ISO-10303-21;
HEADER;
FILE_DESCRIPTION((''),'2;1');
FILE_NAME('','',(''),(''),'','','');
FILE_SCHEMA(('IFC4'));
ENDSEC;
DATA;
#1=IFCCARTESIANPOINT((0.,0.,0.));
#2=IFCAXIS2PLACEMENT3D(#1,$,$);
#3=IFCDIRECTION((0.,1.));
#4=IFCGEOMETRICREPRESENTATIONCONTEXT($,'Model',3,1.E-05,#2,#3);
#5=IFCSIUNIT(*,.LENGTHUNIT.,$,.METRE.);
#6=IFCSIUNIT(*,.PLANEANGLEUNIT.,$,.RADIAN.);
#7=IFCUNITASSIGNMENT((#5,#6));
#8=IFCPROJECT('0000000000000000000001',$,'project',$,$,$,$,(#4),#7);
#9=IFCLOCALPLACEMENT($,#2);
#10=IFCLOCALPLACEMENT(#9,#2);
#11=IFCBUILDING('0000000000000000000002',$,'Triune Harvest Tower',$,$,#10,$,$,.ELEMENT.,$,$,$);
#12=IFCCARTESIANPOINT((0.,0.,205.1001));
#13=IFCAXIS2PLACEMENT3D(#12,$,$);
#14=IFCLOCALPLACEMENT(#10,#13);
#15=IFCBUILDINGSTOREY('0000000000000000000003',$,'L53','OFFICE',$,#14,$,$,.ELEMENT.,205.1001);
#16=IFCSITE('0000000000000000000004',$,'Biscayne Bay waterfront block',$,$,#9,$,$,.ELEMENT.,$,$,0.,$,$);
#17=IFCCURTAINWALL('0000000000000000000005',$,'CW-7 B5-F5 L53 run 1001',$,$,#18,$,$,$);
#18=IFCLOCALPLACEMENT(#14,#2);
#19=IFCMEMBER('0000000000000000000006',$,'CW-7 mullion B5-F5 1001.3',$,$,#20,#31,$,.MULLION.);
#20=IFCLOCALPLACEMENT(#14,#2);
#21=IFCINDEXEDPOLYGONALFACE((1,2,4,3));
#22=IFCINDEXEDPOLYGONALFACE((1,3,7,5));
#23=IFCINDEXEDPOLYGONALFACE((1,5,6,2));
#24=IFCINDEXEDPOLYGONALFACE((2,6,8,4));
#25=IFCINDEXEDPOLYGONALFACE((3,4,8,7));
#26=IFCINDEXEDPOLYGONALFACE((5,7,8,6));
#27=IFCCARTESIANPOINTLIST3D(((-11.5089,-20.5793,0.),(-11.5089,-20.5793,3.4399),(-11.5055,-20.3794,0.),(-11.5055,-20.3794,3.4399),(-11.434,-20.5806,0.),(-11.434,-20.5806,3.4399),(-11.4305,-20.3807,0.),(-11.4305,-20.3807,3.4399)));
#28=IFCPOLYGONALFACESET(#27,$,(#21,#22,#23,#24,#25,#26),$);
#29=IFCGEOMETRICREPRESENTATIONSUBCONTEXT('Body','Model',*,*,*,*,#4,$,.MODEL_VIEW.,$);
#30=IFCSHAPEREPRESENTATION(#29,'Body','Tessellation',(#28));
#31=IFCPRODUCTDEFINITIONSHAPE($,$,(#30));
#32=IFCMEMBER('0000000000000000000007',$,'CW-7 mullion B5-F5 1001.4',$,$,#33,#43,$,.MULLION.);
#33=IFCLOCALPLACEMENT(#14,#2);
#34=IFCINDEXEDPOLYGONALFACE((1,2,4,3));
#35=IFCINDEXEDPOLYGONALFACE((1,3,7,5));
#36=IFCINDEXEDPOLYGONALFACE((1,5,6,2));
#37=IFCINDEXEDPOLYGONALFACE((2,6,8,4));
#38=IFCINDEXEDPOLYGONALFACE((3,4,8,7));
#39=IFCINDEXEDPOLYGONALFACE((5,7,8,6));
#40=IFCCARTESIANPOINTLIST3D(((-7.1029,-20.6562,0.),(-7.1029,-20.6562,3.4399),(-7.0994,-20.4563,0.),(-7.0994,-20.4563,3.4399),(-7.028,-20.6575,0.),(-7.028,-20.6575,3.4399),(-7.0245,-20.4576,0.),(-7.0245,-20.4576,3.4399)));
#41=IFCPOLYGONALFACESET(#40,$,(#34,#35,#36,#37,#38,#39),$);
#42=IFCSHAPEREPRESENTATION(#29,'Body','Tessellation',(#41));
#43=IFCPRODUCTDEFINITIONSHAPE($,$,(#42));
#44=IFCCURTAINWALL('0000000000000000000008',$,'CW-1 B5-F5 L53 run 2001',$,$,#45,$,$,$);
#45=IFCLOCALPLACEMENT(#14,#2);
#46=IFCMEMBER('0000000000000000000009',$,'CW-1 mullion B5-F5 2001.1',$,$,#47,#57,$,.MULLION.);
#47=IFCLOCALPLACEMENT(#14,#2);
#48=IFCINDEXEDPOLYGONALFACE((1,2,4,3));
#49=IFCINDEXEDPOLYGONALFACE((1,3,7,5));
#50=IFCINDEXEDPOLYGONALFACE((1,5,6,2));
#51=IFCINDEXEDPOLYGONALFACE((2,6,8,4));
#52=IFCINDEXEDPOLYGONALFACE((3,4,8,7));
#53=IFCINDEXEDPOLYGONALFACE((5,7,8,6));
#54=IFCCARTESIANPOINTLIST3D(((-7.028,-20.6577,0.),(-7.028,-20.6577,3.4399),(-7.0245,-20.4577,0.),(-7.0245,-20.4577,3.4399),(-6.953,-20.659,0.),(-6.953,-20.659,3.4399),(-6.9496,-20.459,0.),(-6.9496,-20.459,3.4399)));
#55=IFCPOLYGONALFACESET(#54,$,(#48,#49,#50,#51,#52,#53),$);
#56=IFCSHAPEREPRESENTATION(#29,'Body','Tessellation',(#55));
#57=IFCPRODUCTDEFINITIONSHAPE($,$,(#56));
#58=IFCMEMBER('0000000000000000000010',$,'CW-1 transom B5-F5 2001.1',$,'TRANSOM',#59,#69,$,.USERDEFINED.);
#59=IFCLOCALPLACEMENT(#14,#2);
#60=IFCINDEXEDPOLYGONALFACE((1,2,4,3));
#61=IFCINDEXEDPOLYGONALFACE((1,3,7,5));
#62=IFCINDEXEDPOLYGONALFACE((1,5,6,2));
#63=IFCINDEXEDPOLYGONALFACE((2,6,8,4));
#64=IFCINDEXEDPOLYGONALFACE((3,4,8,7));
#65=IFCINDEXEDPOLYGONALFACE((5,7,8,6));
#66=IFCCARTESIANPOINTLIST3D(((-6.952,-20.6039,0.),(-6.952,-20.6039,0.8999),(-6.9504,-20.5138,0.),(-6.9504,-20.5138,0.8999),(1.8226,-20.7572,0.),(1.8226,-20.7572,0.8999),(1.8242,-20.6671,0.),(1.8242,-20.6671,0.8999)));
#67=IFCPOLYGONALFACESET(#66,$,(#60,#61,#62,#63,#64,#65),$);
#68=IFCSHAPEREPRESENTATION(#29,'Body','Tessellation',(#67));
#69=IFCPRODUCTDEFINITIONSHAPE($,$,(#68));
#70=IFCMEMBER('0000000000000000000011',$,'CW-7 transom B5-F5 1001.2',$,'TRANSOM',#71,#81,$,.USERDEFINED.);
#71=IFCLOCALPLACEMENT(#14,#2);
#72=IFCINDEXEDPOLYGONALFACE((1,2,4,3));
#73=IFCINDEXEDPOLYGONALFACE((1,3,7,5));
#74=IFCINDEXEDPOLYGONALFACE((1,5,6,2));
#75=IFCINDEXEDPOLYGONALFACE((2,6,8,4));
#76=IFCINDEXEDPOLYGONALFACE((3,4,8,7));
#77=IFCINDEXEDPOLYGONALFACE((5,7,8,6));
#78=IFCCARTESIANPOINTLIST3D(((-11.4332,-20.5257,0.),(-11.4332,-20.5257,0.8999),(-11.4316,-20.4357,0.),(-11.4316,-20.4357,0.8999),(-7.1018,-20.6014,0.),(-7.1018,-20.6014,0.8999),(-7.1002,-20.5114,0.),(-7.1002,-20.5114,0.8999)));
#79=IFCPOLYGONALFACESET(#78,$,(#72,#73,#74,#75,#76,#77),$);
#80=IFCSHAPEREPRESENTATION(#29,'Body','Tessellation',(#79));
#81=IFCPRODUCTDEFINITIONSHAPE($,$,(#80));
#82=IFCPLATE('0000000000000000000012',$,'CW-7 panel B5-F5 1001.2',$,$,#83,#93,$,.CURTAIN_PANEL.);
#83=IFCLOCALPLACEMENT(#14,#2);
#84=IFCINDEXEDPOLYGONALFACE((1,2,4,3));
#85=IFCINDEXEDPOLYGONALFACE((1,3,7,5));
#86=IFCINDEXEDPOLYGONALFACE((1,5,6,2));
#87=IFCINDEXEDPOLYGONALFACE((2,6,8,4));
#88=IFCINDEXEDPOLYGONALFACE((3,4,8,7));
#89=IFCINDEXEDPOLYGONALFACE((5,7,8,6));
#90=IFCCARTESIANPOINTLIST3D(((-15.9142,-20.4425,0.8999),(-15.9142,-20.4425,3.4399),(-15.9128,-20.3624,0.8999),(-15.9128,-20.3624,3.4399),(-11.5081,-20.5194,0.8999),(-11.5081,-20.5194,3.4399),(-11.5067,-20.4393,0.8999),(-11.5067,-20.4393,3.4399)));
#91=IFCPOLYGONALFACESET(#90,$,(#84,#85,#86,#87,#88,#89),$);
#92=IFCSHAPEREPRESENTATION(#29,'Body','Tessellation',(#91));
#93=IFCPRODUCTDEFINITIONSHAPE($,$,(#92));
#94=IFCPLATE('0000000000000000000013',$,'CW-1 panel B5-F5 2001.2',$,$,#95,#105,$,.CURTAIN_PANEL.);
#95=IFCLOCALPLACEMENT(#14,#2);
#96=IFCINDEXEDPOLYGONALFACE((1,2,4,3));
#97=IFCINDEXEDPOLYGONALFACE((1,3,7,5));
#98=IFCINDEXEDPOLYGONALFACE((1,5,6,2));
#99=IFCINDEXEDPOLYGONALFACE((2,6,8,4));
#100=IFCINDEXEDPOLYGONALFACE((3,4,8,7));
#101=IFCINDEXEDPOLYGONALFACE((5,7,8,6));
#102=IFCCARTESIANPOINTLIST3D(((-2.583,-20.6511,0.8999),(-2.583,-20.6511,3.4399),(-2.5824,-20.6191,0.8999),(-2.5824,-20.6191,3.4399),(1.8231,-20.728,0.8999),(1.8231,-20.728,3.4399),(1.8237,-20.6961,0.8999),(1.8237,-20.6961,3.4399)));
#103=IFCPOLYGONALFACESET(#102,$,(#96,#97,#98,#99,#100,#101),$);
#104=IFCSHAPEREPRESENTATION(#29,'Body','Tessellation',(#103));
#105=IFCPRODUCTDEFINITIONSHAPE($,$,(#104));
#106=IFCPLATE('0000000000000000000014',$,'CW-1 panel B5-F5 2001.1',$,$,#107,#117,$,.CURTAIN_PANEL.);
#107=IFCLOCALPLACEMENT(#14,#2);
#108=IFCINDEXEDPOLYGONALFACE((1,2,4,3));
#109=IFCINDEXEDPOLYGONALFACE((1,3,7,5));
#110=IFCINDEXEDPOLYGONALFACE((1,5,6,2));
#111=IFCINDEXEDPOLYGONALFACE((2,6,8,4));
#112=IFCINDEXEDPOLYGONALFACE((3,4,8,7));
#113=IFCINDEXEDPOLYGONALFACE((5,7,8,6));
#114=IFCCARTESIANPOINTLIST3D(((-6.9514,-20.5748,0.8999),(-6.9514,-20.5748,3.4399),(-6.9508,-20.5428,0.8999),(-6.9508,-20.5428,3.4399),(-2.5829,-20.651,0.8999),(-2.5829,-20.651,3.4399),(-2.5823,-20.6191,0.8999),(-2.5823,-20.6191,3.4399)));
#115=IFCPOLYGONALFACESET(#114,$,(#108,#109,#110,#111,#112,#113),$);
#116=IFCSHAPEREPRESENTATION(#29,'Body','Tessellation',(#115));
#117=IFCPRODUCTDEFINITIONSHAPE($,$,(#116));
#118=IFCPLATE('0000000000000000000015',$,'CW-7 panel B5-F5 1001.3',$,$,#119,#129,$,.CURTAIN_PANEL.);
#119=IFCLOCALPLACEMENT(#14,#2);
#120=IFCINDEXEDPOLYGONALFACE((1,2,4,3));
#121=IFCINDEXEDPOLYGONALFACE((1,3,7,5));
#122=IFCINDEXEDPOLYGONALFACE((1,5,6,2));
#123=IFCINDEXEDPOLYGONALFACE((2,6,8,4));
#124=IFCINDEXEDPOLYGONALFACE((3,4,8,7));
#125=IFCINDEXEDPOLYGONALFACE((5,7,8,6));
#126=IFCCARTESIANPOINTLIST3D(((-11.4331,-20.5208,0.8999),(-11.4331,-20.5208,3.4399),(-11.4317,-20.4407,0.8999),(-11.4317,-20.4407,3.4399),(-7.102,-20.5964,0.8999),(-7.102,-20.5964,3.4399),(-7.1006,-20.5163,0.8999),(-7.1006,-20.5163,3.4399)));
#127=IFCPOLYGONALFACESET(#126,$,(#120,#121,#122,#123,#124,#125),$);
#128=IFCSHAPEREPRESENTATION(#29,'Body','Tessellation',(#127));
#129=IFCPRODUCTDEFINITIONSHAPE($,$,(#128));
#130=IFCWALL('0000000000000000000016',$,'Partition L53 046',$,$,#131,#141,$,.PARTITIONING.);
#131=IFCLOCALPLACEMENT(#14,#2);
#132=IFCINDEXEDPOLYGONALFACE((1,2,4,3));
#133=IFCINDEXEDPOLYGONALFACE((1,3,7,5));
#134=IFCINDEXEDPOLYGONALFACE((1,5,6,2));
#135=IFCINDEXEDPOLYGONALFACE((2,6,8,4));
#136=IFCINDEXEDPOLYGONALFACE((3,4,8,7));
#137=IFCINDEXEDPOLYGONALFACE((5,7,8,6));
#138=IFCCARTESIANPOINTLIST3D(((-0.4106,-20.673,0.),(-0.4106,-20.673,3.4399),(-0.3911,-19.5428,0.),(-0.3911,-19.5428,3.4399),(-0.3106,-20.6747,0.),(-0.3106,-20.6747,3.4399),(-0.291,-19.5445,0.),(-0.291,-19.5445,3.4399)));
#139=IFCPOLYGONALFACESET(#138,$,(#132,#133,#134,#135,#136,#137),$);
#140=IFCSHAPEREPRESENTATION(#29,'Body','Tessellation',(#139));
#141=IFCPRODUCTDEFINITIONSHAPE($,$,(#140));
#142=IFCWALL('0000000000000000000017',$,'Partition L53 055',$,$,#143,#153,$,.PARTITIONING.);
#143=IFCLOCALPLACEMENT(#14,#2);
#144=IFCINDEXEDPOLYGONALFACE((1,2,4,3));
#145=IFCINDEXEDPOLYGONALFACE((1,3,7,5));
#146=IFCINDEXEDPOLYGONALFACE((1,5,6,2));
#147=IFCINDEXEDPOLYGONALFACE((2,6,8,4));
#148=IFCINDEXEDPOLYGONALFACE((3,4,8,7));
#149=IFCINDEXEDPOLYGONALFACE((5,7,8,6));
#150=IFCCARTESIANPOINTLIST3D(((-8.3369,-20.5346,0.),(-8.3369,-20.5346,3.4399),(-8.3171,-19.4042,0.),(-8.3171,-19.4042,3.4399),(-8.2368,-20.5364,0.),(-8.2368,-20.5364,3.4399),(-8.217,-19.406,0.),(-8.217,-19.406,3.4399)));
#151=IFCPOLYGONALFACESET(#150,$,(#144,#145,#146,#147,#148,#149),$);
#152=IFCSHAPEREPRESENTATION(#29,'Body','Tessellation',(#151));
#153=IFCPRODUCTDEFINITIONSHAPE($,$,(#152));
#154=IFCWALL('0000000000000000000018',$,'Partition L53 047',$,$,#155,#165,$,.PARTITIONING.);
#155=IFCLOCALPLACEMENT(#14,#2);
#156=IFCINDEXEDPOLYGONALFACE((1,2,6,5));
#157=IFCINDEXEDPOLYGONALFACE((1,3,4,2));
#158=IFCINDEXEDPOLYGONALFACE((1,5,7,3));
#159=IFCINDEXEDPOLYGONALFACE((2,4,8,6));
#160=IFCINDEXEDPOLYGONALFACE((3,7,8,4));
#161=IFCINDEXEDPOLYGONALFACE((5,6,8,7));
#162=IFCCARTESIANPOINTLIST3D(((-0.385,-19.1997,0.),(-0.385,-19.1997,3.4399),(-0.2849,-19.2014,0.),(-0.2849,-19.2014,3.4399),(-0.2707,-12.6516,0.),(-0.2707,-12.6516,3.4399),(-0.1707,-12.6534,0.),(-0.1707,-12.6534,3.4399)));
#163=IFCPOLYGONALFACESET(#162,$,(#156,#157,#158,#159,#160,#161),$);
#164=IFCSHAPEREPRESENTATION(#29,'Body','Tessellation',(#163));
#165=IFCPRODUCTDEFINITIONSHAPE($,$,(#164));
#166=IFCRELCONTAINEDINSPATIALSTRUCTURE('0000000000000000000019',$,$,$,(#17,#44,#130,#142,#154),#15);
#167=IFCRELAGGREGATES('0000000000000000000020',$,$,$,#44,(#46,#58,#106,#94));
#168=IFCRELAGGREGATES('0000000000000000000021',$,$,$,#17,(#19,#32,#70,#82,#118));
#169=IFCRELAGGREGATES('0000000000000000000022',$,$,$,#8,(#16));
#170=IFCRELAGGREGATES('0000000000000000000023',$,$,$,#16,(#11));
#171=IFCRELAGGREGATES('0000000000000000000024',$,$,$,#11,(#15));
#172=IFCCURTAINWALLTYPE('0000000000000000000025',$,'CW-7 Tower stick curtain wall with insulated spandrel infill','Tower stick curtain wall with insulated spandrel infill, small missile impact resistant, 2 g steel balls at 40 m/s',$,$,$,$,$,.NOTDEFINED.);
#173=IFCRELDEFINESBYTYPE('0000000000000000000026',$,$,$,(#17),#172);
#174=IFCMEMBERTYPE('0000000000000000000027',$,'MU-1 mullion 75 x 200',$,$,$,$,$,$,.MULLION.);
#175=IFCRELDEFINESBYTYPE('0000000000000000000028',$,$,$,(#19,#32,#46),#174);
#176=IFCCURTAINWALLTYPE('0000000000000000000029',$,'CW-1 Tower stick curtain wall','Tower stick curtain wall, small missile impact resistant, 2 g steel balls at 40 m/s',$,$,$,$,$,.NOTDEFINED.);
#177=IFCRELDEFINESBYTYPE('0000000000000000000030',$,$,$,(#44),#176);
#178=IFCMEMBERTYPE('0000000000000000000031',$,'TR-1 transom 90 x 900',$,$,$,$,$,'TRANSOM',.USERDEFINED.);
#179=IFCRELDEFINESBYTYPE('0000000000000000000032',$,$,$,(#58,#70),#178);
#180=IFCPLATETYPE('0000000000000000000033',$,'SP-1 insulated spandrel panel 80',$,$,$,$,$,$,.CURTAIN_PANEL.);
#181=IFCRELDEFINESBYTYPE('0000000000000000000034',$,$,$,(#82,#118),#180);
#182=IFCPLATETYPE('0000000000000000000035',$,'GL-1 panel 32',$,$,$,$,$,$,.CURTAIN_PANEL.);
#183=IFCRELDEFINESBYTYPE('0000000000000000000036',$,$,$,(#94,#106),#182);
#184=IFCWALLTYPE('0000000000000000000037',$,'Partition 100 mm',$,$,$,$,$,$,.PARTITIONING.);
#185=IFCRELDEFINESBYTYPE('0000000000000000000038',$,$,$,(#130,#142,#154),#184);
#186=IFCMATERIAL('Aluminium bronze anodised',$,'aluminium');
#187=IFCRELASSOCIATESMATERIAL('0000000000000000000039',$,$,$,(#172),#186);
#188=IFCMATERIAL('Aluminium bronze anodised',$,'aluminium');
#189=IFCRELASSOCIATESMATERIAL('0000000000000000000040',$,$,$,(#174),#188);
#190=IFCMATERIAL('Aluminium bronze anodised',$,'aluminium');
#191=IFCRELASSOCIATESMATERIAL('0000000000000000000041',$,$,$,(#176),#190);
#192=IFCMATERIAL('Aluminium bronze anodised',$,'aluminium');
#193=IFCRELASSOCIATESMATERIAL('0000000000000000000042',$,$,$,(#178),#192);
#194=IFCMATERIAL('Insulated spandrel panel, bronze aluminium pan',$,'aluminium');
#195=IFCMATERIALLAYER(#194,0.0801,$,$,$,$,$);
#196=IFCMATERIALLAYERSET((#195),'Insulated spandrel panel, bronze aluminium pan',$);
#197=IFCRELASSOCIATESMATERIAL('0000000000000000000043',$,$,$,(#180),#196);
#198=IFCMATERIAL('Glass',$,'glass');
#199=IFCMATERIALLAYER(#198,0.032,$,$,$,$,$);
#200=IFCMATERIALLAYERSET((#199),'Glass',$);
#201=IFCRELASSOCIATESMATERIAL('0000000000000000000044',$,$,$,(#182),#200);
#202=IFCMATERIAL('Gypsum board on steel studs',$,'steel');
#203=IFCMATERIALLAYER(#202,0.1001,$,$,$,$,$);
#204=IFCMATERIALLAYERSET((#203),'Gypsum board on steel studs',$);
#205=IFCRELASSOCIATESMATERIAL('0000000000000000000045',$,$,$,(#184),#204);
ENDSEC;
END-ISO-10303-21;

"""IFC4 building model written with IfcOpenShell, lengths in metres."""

from ifc_helpers import new_model, si_unit, direction, frame, frame_2d, origin, origin_2d, place, context, subcontext, project, spatial, rectangle, extrude, source, transform, mapped, material, layer, layer_set, material_profile, profile_set, type_object, element, aggregate, save


model = new_model("IFC4")

# Units and contexts
model_context = context("Model", 3, precision=1e-05, world=origin(), true_north=direction((0.0, 1.0)))
body_context = subcontext(model_context, "Body", "Model", "MODEL_VIEW")
ifc_project = project(units=[si_unit("LENGTHUNIT", "METRE"), si_unit("PLANEANGLEUNIT", "RADIAN")], contexts=[model_context])

# Site, building, storey
site_placement = place(None, origin())
site = spatial("IfcSite", under=ifc_project, at=site_placement, Name="Biscayne Bay waterfront block", CompositionType="ELEMENT", RefElevation=0.0)
building_placement = place(site_placement, origin())
building = spatial("IfcBuilding", under=site, at=building_placement, Name="Triune Harvest Tower", CompositionType="ELEMENT")
storey_placement = place(building_placement, frame((0.0, 0.0, 205.1001)))
storey = spatial("IfcBuildingStorey", under=building, at=storey_placement, Name="L53", Description="OFFICE", CompositionType="ELEMENT", Elevation=205.1001)

# Curtain walls, members
ifc_material_1 = material(Name="Aluminium bronze anodised", Category="aluminium")
curtain_wall_type_1 = type_object("IfcCurtainWallType", Name="CW-7 Tower stick curtain wall with insulated spandrel infill", Description="Tower stick curtain wall with insulated spandrel infill, small missile impact resistant, 2 g steel balls at 40 m/s", PredefinedType="NOTDEFINED", material=ifc_material_1)
curtain_wall_1_placement = place(storey_placement, origin())
curtain_wall_1 = element("IfcCurtainWall", 1, at=curtain_wall_1_placement, inside=storey, type_object=curtain_wall_type_1, Name="CW-7 B5-F5 L53 run 1001")
ifc_material_2 = material(Name="Aluminium bronze anodised", Category="aluminium")
ifc_material_profile_1 = material_profile(ifc_material_2, rectangle(XDim=0.2, YDim=0.075, at=origin_2d()), Name="MU-1 mullion 75 x 200")
ifc_profile_set_1 = profile_set([ifc_material_profile_1], Name="Aluminium bronze anodised")
member_type_1 = type_object("IfcMemberType", Name="MU-1 mullion 75 x 200", PredefinedType="MULLION", material=ifc_profile_set_1)
shared_shape_1 = source(origin(), body_context, "Body", "SweptSolid", [
    extrude(rectangle(XDim=0.2, YDim=0.075, at=origin_2d()), origin(), (0.0, 0.0, 1.0), 3.4399),
])
member_1_placement = place(storey_placement, frame((-11.4697, -20.48, 0.0), z_axis=(0.0, 0.0, 1.0), x_axis=(0.017453, 0.999848, 0.0)))
member_1 = element("IfcMember", 2, at=member_1_placement, type_object=member_type_1, Name="CW-7 mullion B5-F5 1001.3", PredefinedType="MULLION", context=body_context, shape_type="MappedRepresentation", body=[
    mapped(shared_shape_1, transform((0.0, 0.0, 0.0), scale=1.0)),
])
member_2_placement = place(storey_placement, frame((-7.0637, -20.5569, 0.0), z_axis=(0.0, 0.0, 1.0), x_axis=(0.017453, 0.999848, 0.0)))
member_2 = element("IfcMember", 3, at=member_2_placement, type_object=member_type_1, Name="CW-7 mullion B5-F5 1001.4", PredefinedType="MULLION", context=body_context, shape_type="MappedRepresentation", body=[
    mapped(shared_shape_1, transform((0.0, 0.0, 0.0), scale=1.0)),
])
ifc_material_3 = material(Name="Aluminium bronze anodised", Category="aluminium")
curtain_wall_type_2 = type_object("IfcCurtainWallType", Name="CW-1 Tower stick curtain wall", Description="Tower stick curtain wall, small missile impact resistant, 2 g steel balls at 40 m/s", PredefinedType="NOTDEFINED", material=ifc_material_3)
curtain_wall_2_placement = place(storey_placement, origin())
curtain_wall_2 = element("IfcCurtainWall", 4, at=curtain_wall_2_placement, inside=storey, type_object=curtain_wall_type_2, Name="CW-1 B5-F5 L53 run 2001")
member_3_placement = place(storey_placement, frame((-6.9888, -20.5583, 0.0), z_axis=(0.0, 0.0, 1.0), x_axis=(0.017453, 0.999848, 0.0)))
member_3 = element("IfcMember", 5, at=member_3_placement, type_object=member_type_1, Name="CW-1 mullion B5-F5 2001.1", PredefinedType="MULLION", context=body_context, shape_type="MappedRepresentation", body=[
    mapped(shared_shape_1, transform((0.0, 0.0, 0.0), scale=1.0)),
])
ifc_material_4 = material(Name="Aluminium bronze anodised", Category="aluminium")
ifc_material_profile_2 = material_profile(ifc_material_4, rectangle(XDim=0.0901, YDim=0.8999, at=origin_2d()), Name="TR-1 transom 90 x 900")
ifc_profile_set_2 = profile_set([ifc_material_profile_2], Name="Aluminium bronze anodised")
member_type_2 = type_object("IfcMemberType", Name="TR-1 transom 90 x 900", ElementType="TRANSOM", PredefinedType="USERDEFINED", material=ifc_profile_set_2)
shared_shape_2 = source(origin(), body_context, "Body", "SweptSolid", [
    extrude(rectangle(XDim=0.0901, YDim=0.8999, at=origin_2d()), origin(), (0.0, 0.0, 1.0), 8.7759),
])
member_4_placement = place(storey_placement, frame((-6.9512, -20.5588, 0.45), z_axis=(0.999847, -0.01747, 0.0), x_axis=(0.01747, 0.999847, 0.0)))
member_4 = element("IfcMember", 6, at=member_4_placement, type_object=member_type_2, Name="CW-1 transom B5-F5 2001.1", ObjectType="TRANSOM", PredefinedType="USERDEFINED", context=body_context, shape_type="MappedRepresentation", body=[
    mapped(shared_shape_2, transform((0.0, 0.0, 0.0), scale=1.0)),
])

# Member
shared_shape_3 = source(origin(), body_context, "Body", "SweptSolid", [
    extrude(rectangle(XDim=0.0901, YDim=0.8999, at=origin_2d()), origin(), (0.0, 0.0, 1.0), 4.332),
])
member_5_placement = place(storey_placement, frame((-11.4324, -20.4807, 0.45), z_axis=(0.999847, -0.017471, 0.0), x_axis=(0.017471, 0.999847, 0.0)))
member_5 = element("IfcMember", 7, at=member_5_placement, type_object=member_type_2, Name="CW-7 transom B5-F5 1001.2", ObjectType="TRANSOM", PredefinedType="USERDEFINED", context=body_context, shape_type="MappedRepresentation", body=[
    mapped(shared_shape_3, transform((0.0, 0.0, 0.0), scale=1.0)),
])

# Plates
ifc_material_5 = material(Name="Insulated spandrel panel, bronze aluminium pan", Category="aluminium")
ifc_layer_1 = layer(ifc_material_5, 0.0801)
ifc_layer_set_1 = layer_set([ifc_layer_1], Name="Insulated spandrel panel, bronze aluminium pan")
plate_type_1 = type_object("IfcPlateType", Name="SP-1 insulated spandrel panel 80", PredefinedType="CURTAIN_PANEL", material=ifc_layer_set_1)
shared_shape_4 = source(origin(), body_context, "Body", "SweptSolid", [
    extrude(rectangle(XDim=4.4067, YDim=0.0801, at=origin_2d()), origin(), (0.0, 0.0, 1.0), 2.54),
])
plate_1_placement = place(storey_placement, frame((-13.7104, -20.4409, 0.8999), z_axis=(0.0, 0.0, 1.0), x_axis=(0.999848, -0.017453, 0.0)))
plate_1 = element("IfcPlate", 8, at=plate_1_placement, type_object=plate_type_1, Name="CW-7 panel B5-F5 1001.2", PredefinedType="CURTAIN_PANEL", context=body_context, shape_type="MappedRepresentation", body=[
    mapped(shared_shape_4, transform((0.0, 0.0, 0.0), scale=1.0)),
])
ifc_material_6 = material(Name="Glass", Category="glass")
ifc_layer_2 = layer(ifc_material_6, 0.032)
ifc_layer_set_2 = layer_set([ifc_layer_2], Name="Glass")
plate_type_2 = type_object("IfcPlateType", Name="GL-1 panel 32", PredefinedType="CURTAIN_PANEL", material=ifc_layer_set_2)
shared_shape_5 = source(origin(), body_context, "Body", "SweptSolid", [
    extrude(rectangle(XDim=4.4067, YDim=0.032, at=origin_2d()), origin(), (0.0, 0.0, 1.0), 2.54),
])
plate_2_placement = place(storey_placement, frame((-0.3796, -20.6736, 0.8999), z_axis=(0.0, 0.0, 1.0), x_axis=(0.999848, -0.017453, 0.0)))
plate_2 = element("IfcPlate", 9, at=plate_2_placement, type_object=plate_type_2, Name="CW-1 panel B5-F5 2001.2", PredefinedType="CURTAIN_PANEL", context=body_context, shape_type="MappedRepresentation", body=[
    mapped(shared_shape_5, transform((0.0, 0.0, 0.0), scale=1.0)),
])
shared_shape_6 = source(origin(), body_context, "Body", "SweptSolid", [
    extrude(rectangle(XDim=4.3691, YDim=0.032, at=origin_2d()), origin(), (0.0, 0.0, 1.0), 2.54),
])
plate_3_placement = place(storey_placement, frame((-4.7668, -20.5969, 0.8999), z_axis=(0.0, 0.0, 1.0), x_axis=(0.999848, -0.017453, 0.0)))
plate_3 = element("IfcPlate", 10, at=plate_3_placement, type_object=plate_type_2, Name="CW-1 panel B5-F5 2001.1", PredefinedType="CURTAIN_PANEL", context=body_context, shape_type="MappedRepresentation", body=[
    mapped(shared_shape_6, transform((0.0, 0.0, 0.0), scale=1.0)),
])
aggregate(curtain_wall_2, [member_3, member_4, plate_3, plate_2])
shared_shape_7 = source(origin(), body_context, "Body", "SweptSolid", [
    extrude(rectangle(XDim=4.3318, YDim=0.0801, at=origin_2d()), origin(), (0.0, 0.0, 1.0), 2.54),
])
plate_4_placement = place(storey_placement, frame((-9.2668, -20.5186, 0.8999), z_axis=(0.0, 0.0, 1.0), x_axis=(0.999848, -0.017453, 0.0)))
plate_4 = element("IfcPlate", 11, at=plate_4_placement, type_object=plate_type_1, Name="CW-7 panel B5-F5 1001.3", PredefinedType="CURTAIN_PANEL", context=body_context, shape_type="MappedRepresentation", body=[
    mapped(shared_shape_7, transform((0.0, 0.0, 0.0), scale=1.0)),
])
aggregate(curtain_wall_1, [member_1, member_2, member_5, plate_1, plate_4])

# Walls
ifc_material_7 = material(Name="Gypsum board on steel studs", Category="steel")
ifc_layer_3 = layer(ifc_material_7, 0.1001)
ifc_layer_set_3 = layer_set([ifc_layer_3], Name="Gypsum board on steel studs")
wall_type_1 = type_object("IfcWallType", Name="Partition 100 mm", PredefinedType="PARTITIONING", material=ifc_layer_set_3)
shared_shape_8 = source(origin(), body_context, "Body", "SweptSolid", [
    extrude(rectangle(XDim=1.1304, YDim=0.1001, at=frame_2d((0.5652, 0.0))), origin(), (0.0, 0.0, 1.0), 3.4399),
])
wall_1_placement = place(storey_placement, frame((-0.3606, -20.6738, 0.0), z_axis=(0.0, 0.0, 1.0), x_axis=(0.01728, 0.999851, 0.0)))
element("IfcWall", 12, at=wall_1_placement, inside=storey, type_object=wall_type_1, Name="Partition L53 046", PredefinedType="PARTITIONING", context=body_context, shape_type="MappedRepresentation", body=[
    mapped(shared_shape_8, transform((0.0, 0.0, 0.0), scale=1.0)),
])
shared_shape_9 = source(origin(), body_context, "Body", "SweptSolid", [
    extrude(rectangle(XDim=1.1306, YDim=0.1001, at=frame_2d((0.5654, 0.0))), origin(), (0.0, 0.0, 1.0), 3.4399),
])
wall_2_placement = place(storey_placement, frame((-8.2869, -20.5356, 0.0), z_axis=(0.0, 0.0, 1.0), x_axis=(0.017492, 0.999847, 0.0)))
element("IfcWall", 13, at=wall_2_placement, inside=storey, type_object=wall_type_1, Name="Partition L53 055", PredefinedType="PARTITIONING", context=body_context, shape_type="MappedRepresentation", body=[
    mapped(shared_shape_9, transform((0.0, 0.0, 0.0), scale=1.0)),
])
shared_shape_10 = source(origin(), body_context, "Body", "SweptSolid", [
    extrude(rectangle(XDim=6.5491, YDim=0.1001, at=frame_2d((3.2744, 0.0))), origin(), (0.0, 0.0, 1.0), 3.4399),
])
wall_3_placement = place(storey_placement, frame((-0.335, -19.2004, 0.0), z_axis=(0.0, 0.0, 1.0), x_axis=(0.017446, 0.999848, 0.0)))
element("IfcWall", 14, at=wall_3_placement, inside=storey, type_object=wall_type_1, Name="Partition L53 047", PredefinedType="PARTITIONING", context=body_context, shape_type="MappedRepresentation", body=[
    mapped(shared_shape_10, transform((0.0, 0.0, 0.0), scale=1.0)),
])

save(model, "model.ifc")
